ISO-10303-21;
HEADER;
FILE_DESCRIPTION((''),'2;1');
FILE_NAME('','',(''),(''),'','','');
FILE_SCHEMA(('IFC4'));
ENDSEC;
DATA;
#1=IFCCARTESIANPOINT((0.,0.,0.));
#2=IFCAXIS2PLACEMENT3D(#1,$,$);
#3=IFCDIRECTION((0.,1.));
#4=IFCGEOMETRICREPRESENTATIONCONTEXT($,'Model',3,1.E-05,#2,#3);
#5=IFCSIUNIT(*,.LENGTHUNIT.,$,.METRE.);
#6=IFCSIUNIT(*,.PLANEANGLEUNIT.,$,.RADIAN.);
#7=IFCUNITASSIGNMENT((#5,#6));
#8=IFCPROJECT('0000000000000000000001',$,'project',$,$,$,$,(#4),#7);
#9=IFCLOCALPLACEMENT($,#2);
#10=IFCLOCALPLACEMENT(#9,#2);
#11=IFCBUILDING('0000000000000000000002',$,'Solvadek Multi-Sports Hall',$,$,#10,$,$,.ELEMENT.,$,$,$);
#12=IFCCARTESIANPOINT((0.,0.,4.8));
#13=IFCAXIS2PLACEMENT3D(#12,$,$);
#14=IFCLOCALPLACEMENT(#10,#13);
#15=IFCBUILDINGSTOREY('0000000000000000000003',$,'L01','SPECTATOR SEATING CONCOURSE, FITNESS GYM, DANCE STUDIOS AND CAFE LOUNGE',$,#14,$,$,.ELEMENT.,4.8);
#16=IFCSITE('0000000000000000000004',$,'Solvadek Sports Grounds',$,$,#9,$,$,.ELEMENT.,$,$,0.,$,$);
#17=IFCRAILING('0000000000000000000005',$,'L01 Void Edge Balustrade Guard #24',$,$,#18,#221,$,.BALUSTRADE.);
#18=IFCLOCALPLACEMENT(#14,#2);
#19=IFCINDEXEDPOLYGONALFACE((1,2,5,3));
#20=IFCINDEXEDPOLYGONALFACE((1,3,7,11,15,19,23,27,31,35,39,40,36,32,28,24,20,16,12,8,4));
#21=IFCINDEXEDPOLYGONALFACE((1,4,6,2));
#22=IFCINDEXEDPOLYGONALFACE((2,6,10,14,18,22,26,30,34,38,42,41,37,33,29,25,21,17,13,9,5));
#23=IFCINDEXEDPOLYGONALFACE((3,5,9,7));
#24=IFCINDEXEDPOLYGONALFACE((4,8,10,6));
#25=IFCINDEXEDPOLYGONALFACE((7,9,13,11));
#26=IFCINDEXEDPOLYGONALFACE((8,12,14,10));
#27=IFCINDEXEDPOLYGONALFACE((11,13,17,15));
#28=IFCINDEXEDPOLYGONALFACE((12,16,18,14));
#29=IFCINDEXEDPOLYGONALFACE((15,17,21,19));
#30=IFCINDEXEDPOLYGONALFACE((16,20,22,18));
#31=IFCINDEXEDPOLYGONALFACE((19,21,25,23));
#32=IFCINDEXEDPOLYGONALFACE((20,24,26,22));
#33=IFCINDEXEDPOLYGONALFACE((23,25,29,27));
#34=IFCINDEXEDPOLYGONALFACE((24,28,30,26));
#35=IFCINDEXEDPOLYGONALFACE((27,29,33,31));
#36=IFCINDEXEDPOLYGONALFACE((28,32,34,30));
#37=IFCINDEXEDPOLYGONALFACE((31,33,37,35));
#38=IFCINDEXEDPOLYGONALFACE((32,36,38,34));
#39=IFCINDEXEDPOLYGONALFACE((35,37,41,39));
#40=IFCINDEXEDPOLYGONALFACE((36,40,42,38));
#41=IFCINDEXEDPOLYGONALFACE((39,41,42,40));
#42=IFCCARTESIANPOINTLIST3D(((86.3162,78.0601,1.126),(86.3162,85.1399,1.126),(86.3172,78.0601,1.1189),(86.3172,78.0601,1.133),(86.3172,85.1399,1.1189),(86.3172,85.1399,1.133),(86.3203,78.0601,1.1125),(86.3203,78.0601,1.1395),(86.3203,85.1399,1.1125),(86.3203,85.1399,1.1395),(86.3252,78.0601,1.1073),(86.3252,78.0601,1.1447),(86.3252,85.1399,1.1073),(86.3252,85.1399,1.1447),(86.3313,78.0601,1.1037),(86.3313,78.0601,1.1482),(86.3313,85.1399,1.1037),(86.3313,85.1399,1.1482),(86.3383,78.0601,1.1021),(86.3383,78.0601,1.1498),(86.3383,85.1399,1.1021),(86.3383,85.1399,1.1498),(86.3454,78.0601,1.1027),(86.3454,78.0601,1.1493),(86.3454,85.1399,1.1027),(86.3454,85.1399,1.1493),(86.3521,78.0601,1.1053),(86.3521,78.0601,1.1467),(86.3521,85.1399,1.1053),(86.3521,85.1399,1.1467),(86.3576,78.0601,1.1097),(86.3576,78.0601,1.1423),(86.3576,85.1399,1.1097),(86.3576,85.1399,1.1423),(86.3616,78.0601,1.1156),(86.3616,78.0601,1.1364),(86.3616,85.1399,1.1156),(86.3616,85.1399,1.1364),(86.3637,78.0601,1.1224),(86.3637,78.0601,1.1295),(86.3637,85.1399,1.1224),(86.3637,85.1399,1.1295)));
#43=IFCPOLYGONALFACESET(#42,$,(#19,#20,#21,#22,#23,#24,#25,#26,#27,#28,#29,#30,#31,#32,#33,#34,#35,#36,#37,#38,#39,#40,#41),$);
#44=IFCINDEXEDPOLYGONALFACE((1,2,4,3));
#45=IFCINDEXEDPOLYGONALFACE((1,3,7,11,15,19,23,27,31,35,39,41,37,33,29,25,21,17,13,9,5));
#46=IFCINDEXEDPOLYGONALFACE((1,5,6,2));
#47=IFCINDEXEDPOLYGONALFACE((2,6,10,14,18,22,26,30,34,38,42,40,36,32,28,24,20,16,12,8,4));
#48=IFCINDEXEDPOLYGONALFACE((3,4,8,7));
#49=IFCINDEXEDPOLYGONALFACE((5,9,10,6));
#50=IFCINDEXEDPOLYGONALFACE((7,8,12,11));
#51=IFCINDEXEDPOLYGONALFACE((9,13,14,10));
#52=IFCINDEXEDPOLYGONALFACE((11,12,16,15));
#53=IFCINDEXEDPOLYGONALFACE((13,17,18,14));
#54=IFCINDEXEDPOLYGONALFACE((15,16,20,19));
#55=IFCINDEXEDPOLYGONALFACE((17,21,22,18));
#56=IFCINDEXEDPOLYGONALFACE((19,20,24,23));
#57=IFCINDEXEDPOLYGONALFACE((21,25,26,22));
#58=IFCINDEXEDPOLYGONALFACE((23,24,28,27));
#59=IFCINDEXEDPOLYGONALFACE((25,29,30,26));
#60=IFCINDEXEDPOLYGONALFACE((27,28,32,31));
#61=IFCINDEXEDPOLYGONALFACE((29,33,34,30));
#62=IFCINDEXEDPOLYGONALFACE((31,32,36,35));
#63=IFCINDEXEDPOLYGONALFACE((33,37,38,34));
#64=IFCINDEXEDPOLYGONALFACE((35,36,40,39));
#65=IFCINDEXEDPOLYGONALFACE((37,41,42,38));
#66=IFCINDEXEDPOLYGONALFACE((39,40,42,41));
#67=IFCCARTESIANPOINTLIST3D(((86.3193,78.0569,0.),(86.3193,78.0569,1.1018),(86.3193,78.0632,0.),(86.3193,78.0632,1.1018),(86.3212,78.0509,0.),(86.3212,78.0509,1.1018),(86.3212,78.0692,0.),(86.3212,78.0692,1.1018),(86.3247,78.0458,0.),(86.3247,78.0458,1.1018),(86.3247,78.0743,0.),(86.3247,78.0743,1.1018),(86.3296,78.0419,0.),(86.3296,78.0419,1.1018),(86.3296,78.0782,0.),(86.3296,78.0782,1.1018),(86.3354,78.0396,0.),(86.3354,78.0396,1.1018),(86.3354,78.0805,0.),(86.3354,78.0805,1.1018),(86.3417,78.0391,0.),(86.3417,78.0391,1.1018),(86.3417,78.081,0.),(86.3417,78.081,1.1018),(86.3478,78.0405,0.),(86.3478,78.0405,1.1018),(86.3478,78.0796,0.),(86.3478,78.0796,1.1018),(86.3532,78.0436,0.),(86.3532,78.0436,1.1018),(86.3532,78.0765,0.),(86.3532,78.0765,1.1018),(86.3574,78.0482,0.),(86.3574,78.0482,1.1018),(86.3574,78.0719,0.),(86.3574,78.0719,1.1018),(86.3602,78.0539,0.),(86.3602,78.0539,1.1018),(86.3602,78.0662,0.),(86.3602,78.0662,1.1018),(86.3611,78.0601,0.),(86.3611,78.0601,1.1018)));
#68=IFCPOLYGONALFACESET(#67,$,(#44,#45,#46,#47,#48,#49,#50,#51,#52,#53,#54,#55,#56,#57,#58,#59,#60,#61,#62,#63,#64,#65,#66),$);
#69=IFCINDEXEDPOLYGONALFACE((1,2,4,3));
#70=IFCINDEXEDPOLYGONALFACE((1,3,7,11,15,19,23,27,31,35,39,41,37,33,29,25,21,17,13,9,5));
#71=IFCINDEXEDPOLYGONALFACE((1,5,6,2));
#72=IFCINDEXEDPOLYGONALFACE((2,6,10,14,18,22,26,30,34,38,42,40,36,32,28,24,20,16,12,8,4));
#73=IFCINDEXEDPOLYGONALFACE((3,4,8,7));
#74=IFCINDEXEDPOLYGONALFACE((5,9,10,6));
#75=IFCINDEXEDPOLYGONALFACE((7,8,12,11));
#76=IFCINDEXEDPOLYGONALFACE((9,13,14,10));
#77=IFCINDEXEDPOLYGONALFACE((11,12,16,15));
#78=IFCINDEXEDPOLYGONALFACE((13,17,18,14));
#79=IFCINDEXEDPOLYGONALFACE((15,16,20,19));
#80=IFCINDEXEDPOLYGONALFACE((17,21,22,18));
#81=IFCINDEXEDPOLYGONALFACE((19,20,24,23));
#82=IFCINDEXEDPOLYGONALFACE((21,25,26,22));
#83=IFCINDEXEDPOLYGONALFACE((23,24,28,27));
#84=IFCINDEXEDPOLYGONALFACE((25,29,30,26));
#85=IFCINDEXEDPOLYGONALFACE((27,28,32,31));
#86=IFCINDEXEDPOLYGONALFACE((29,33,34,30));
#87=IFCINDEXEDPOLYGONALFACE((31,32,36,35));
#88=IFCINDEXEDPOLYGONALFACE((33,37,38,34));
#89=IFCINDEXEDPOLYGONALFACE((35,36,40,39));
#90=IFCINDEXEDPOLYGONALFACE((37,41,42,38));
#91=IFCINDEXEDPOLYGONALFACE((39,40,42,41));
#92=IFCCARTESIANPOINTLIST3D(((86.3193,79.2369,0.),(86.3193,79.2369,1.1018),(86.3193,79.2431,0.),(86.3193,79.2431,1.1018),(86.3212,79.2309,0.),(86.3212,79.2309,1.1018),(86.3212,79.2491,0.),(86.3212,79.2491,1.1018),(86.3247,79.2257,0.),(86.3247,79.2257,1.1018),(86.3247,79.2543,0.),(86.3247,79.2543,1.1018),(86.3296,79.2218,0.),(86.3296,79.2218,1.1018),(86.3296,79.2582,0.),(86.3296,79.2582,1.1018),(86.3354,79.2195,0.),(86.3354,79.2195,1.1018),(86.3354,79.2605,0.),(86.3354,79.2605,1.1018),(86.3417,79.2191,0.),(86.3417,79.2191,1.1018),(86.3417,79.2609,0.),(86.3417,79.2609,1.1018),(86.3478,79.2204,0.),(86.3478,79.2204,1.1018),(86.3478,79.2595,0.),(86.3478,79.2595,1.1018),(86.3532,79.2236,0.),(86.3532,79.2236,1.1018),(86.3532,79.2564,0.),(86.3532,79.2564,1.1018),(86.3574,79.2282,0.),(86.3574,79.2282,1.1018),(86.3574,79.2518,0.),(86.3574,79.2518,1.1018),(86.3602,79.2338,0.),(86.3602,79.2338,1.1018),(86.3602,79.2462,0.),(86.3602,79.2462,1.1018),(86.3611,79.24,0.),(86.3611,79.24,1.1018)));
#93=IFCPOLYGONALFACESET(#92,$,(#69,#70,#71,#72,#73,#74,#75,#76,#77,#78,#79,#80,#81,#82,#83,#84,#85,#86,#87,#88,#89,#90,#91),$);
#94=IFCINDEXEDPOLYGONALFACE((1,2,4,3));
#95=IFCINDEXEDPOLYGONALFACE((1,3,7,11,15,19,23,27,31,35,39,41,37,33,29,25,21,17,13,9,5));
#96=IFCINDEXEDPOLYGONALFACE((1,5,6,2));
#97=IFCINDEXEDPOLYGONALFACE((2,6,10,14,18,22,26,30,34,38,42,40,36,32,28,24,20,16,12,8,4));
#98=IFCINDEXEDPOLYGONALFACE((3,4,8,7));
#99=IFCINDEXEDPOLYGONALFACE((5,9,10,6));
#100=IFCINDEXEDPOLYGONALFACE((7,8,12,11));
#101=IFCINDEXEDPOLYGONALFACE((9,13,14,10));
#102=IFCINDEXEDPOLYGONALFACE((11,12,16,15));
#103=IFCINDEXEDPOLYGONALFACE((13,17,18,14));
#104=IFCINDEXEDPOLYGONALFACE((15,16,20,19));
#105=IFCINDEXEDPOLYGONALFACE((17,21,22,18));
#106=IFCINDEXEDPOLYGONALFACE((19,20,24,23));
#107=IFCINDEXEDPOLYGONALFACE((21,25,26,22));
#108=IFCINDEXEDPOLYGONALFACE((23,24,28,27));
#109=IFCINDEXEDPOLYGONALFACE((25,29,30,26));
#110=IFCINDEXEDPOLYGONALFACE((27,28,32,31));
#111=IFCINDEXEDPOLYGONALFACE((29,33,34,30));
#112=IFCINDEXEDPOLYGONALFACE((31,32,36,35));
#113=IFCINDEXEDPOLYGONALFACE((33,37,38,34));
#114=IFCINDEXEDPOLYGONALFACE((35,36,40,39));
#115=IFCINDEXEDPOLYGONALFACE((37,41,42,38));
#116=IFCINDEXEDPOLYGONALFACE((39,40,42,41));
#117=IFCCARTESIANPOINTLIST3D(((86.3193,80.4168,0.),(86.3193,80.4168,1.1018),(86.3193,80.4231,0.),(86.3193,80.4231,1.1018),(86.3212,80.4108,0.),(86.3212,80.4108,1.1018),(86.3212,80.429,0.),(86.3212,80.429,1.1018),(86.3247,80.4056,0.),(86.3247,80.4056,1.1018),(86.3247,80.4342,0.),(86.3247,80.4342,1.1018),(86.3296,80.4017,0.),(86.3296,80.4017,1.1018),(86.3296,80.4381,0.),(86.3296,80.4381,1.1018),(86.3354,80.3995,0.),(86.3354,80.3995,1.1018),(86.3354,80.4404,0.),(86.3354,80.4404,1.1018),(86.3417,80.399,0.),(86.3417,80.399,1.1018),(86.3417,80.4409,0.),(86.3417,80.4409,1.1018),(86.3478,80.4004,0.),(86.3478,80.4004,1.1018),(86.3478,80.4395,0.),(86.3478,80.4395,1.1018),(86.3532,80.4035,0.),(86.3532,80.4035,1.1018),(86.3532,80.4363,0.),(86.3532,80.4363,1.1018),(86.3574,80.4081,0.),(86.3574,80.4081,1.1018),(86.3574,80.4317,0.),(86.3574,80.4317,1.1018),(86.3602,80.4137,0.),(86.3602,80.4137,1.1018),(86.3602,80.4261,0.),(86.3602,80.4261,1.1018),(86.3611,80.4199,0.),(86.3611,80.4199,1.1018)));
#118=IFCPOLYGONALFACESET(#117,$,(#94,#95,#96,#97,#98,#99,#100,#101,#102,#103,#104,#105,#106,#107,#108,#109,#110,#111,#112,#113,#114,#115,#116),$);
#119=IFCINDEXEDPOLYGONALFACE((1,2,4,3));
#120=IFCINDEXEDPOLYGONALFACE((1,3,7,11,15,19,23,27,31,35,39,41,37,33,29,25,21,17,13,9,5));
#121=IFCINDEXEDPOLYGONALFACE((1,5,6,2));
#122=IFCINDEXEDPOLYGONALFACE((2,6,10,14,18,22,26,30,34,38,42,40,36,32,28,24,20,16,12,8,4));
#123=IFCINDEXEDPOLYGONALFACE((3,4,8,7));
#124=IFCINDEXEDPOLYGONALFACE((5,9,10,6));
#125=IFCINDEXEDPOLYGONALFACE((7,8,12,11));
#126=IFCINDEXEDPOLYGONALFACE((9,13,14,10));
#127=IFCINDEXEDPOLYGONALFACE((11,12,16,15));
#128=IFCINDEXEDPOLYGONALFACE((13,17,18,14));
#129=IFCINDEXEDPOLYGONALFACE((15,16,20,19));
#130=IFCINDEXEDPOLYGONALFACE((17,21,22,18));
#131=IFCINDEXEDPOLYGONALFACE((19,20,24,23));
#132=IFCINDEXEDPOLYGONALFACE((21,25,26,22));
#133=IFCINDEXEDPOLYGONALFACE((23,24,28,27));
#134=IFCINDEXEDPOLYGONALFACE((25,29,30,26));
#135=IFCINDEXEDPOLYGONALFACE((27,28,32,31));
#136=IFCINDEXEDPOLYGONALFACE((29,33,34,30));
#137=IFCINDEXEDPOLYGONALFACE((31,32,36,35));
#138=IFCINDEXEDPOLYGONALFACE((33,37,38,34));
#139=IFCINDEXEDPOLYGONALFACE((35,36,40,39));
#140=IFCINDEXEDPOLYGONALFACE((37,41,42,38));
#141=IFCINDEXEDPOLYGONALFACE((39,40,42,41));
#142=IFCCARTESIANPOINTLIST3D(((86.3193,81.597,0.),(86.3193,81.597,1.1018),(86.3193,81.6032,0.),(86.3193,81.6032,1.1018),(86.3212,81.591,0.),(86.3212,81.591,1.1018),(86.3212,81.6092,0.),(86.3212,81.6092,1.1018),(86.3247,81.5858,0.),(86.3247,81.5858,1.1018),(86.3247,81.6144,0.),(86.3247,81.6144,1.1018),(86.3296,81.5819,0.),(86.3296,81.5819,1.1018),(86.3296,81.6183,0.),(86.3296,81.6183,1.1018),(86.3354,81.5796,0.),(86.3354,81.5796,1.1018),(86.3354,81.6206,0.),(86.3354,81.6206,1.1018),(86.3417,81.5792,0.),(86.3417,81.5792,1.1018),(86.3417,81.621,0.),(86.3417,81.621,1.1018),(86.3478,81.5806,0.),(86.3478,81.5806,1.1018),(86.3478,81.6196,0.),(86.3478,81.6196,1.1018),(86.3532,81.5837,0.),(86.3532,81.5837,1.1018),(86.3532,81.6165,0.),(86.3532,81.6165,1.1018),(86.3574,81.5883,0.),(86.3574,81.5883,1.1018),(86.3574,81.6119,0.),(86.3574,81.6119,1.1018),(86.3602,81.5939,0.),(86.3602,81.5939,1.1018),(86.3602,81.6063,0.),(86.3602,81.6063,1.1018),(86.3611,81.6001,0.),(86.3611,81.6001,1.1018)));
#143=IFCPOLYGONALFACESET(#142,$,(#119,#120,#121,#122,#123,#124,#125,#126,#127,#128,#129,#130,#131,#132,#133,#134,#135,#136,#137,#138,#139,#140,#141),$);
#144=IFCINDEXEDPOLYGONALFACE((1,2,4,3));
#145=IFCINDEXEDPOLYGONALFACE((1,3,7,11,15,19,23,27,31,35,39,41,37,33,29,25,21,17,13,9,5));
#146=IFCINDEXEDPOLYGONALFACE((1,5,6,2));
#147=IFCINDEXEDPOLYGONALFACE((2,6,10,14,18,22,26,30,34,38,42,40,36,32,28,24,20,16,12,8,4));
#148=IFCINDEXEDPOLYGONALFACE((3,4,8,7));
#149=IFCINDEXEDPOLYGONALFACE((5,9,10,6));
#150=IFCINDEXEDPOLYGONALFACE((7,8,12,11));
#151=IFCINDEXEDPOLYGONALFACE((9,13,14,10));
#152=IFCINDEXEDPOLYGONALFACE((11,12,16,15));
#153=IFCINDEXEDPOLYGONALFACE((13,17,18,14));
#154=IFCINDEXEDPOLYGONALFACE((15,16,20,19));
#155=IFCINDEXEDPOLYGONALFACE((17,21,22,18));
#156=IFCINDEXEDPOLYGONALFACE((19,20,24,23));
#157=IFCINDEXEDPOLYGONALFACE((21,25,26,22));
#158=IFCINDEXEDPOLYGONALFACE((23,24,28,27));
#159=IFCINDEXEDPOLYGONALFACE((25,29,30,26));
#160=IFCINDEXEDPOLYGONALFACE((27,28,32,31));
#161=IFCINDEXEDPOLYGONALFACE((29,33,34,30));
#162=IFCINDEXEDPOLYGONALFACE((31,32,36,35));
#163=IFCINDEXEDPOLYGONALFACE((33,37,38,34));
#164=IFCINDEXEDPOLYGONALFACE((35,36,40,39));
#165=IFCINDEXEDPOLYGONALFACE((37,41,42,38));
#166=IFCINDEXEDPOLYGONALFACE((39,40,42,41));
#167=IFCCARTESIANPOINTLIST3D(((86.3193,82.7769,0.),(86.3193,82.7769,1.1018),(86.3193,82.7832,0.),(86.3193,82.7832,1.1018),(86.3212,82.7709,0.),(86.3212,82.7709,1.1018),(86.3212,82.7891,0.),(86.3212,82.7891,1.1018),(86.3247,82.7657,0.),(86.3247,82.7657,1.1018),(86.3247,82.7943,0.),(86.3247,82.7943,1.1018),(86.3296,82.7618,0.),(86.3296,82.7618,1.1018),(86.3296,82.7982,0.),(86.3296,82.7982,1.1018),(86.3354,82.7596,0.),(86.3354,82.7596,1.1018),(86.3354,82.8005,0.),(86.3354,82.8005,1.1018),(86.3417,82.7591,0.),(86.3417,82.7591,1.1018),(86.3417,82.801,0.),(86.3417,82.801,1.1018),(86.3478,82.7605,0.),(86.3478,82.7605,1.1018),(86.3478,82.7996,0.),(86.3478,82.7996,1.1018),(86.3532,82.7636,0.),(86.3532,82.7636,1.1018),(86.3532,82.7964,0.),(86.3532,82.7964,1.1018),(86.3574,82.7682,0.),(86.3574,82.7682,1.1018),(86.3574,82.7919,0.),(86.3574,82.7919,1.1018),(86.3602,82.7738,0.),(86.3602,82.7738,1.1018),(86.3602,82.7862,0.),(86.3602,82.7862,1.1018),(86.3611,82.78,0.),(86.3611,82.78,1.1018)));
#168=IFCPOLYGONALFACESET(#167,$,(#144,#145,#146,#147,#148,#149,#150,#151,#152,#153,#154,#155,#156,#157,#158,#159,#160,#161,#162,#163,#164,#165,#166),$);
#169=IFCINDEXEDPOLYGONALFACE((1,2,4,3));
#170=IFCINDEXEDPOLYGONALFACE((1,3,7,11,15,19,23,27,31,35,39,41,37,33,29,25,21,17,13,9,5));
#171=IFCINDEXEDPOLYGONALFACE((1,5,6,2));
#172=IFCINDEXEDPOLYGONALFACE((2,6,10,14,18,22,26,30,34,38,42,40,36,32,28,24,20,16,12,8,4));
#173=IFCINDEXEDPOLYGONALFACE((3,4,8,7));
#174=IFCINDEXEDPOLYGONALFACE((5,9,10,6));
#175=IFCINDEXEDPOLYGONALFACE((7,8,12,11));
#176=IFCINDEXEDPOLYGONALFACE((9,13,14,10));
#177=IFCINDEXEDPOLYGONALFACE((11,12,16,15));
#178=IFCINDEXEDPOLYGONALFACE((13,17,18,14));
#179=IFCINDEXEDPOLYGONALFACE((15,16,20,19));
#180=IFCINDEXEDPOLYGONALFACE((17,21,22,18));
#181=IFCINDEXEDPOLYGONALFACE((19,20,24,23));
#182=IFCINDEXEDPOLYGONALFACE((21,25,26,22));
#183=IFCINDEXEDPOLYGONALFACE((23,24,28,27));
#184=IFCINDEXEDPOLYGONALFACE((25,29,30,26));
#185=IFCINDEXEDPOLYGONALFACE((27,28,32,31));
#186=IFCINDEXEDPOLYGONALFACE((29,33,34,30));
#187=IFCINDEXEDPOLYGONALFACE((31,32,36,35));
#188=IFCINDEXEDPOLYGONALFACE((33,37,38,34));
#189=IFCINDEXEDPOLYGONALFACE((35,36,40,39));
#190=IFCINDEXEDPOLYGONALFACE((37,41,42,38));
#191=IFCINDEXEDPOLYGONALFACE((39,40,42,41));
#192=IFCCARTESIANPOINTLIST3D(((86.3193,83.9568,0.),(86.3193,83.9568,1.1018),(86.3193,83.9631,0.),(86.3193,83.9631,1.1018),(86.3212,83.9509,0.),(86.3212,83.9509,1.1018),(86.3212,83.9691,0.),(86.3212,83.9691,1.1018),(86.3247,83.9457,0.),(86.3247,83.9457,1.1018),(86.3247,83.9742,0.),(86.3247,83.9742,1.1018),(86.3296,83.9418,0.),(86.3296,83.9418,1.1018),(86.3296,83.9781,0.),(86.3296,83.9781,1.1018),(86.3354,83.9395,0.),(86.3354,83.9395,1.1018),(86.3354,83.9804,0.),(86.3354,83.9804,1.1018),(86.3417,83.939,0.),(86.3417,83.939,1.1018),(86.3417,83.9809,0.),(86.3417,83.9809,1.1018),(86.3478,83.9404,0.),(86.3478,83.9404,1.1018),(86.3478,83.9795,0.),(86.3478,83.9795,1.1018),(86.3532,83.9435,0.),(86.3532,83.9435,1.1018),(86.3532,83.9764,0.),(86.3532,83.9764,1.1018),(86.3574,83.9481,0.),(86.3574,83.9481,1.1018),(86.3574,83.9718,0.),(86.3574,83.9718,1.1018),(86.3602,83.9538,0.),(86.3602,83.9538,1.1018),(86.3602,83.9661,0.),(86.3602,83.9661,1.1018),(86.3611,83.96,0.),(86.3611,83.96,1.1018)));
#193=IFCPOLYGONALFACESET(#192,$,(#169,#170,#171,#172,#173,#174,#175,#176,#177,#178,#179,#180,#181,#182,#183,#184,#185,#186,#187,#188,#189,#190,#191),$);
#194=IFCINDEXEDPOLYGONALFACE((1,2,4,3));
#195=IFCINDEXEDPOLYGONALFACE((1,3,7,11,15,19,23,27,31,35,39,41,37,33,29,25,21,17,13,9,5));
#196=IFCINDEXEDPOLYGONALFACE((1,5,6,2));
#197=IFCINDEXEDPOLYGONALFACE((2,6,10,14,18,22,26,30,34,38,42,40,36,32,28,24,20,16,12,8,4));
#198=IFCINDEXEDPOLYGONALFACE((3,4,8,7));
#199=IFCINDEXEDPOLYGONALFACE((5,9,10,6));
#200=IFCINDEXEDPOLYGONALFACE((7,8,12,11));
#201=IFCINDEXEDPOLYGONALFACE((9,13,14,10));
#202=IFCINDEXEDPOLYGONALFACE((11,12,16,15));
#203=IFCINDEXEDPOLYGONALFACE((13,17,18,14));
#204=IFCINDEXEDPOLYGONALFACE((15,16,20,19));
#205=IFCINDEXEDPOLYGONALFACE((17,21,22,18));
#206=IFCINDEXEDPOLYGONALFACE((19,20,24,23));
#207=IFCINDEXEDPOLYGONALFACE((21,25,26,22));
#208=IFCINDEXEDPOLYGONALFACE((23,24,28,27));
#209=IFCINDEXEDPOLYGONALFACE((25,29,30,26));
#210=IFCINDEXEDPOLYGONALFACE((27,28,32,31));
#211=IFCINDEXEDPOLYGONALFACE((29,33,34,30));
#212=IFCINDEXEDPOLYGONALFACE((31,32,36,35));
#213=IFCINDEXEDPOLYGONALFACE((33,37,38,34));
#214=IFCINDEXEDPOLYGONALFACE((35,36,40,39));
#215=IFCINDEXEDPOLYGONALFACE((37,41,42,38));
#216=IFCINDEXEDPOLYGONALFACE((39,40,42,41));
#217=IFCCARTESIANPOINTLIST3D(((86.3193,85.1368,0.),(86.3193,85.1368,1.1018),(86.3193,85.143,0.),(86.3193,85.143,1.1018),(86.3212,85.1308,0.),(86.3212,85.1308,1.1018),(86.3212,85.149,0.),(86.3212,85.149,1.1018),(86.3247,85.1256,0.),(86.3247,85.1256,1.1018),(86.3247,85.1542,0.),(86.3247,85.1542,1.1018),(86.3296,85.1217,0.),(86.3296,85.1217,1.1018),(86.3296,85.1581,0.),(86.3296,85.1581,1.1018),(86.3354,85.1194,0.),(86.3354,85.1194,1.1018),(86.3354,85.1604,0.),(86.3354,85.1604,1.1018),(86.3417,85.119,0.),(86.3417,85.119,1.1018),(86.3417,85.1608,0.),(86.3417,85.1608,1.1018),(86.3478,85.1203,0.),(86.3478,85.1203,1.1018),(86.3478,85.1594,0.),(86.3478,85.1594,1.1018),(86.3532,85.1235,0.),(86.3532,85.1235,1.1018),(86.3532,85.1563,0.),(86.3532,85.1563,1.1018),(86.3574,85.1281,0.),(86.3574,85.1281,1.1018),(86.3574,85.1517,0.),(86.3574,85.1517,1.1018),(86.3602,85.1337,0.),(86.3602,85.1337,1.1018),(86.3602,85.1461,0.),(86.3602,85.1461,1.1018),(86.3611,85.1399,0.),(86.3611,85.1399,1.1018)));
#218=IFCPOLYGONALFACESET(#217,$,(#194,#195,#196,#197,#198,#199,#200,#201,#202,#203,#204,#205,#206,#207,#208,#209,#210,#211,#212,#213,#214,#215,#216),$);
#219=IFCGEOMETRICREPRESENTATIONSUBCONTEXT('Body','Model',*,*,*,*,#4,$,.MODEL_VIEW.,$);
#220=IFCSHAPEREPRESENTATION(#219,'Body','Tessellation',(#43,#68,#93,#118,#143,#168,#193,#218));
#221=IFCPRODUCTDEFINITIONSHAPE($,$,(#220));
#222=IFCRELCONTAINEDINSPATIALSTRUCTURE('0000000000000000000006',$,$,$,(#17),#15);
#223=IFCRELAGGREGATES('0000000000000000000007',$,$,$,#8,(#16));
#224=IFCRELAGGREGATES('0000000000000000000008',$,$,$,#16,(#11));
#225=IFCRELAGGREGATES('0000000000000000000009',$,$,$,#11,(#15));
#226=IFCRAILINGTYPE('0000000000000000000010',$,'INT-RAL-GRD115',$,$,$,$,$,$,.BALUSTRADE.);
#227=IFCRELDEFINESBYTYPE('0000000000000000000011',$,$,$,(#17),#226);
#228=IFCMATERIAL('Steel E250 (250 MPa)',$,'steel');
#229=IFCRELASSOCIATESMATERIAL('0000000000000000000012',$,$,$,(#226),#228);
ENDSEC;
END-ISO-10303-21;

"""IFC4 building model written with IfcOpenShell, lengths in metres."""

from ifc_helpers import new_model, si_unit, direction, frame, origin, origin_2d, place, context, subcontext, project, spatial, circle, extrude, material, type_object, element, save


model = new_model("IFC4")

# Units and contexts
model_context = context("Model", 3, precision=1e-05, world=origin(), true_north=direction((0.0, 1.0)))
body_context = subcontext(model_context, "Body", "Model", "MODEL_VIEW")
ifc_project = project(units=[si_unit("LENGTHUNIT", "METRE"), si_unit("PLANEANGLEUNIT", "RADIAN")], contexts=[model_context])

# Site, building, storey
site_placement = place(None, origin())
site = spatial("IfcSite", under=ifc_project, at=site_placement, Name="Solvadek Sports Grounds", CompositionType="ELEMENT", RefElevation=0.0)
building_placement = place(site_placement, origin())
building = spatial("IfcBuilding", under=site, at=building_placement, Name="Solvadek Multi-Sports Hall", CompositionType="ELEMENT")
storey_placement = place(building_placement, frame((0.0, 0.0, 4.8)))
storey = spatial("IfcBuildingStorey", under=building, at=storey_placement, Name="L01", Description="SPECTATOR SEATING CONCOURSE, FITNESS GYM, DANCE STUDIOS AND CAFE LOUNGE", CompositionType="ELEMENT", Elevation=4.8)

# Railing
ifc_material_1 = material(Name="Steel E250 (250 MPa)", Category="steel")
railing_type = type_object("IfcRailingType", Name="INT-RAL-GRD115", PredefinedType="BALUSTRADE", material=ifc_material_1)
railing_1_placement = place(storey_placement, frame((86.3401, 78.0601, 0.0)))
element("IfcRailing", 1, at=railing_1_placement, inside=storey, type_object=railing_type, Name="L01 Void Edge Balustrade Guard #24", PredefinedType="BALUSTRADE", context=body_context, shape_type="SweptSolid", body=[
    extrude(circle(Radius=0.0239, at=origin_2d()), frame((0.0, 0.0, 1.126), z_axis=(0.0, 1.0, 0.0), x_axis=(-1.0, 0.0, 0.0)), (0.0, 0.0, 1.0), 7.0798),
    extrude(circle(Radius=0.021, at=origin_2d()), origin(), (0.0, 0.0, 1.0), 1.1018),
    extrude(circle(Radius=0.021, at=origin_2d()), frame((0.0, 1.1799, 0.0)), (0.0, 0.0, 1.0), 1.1018),
    extrude(circle(Radius=0.021, at=origin_2d()), frame((0.0, 2.3599, 0.0)), (0.0, 0.0, 1.0), 1.1018),
    extrude(circle(Radius=0.021, at=origin_2d()), frame((0.0, 3.54, 0.0)), (0.0, 0.0, 1.0), 1.1018),
    extrude(circle(Radius=0.021, at=origin_2d()), frame((0.0, 4.72, 0.0)), (0.0, 0.0, 1.0), 1.1018),
    extrude(circle(Radius=0.021, at=origin_2d()), frame((0.0, 5.8999, 0.0)), (0.0, 0.0, 1.0), 1.1018),
    extrude(circle(Radius=0.021, at=origin_2d()), frame((0.0, 7.0798, 0.0)), (0.0, 0.0, 1.0), 1.1018),
])

save(model, "model.ifc")
